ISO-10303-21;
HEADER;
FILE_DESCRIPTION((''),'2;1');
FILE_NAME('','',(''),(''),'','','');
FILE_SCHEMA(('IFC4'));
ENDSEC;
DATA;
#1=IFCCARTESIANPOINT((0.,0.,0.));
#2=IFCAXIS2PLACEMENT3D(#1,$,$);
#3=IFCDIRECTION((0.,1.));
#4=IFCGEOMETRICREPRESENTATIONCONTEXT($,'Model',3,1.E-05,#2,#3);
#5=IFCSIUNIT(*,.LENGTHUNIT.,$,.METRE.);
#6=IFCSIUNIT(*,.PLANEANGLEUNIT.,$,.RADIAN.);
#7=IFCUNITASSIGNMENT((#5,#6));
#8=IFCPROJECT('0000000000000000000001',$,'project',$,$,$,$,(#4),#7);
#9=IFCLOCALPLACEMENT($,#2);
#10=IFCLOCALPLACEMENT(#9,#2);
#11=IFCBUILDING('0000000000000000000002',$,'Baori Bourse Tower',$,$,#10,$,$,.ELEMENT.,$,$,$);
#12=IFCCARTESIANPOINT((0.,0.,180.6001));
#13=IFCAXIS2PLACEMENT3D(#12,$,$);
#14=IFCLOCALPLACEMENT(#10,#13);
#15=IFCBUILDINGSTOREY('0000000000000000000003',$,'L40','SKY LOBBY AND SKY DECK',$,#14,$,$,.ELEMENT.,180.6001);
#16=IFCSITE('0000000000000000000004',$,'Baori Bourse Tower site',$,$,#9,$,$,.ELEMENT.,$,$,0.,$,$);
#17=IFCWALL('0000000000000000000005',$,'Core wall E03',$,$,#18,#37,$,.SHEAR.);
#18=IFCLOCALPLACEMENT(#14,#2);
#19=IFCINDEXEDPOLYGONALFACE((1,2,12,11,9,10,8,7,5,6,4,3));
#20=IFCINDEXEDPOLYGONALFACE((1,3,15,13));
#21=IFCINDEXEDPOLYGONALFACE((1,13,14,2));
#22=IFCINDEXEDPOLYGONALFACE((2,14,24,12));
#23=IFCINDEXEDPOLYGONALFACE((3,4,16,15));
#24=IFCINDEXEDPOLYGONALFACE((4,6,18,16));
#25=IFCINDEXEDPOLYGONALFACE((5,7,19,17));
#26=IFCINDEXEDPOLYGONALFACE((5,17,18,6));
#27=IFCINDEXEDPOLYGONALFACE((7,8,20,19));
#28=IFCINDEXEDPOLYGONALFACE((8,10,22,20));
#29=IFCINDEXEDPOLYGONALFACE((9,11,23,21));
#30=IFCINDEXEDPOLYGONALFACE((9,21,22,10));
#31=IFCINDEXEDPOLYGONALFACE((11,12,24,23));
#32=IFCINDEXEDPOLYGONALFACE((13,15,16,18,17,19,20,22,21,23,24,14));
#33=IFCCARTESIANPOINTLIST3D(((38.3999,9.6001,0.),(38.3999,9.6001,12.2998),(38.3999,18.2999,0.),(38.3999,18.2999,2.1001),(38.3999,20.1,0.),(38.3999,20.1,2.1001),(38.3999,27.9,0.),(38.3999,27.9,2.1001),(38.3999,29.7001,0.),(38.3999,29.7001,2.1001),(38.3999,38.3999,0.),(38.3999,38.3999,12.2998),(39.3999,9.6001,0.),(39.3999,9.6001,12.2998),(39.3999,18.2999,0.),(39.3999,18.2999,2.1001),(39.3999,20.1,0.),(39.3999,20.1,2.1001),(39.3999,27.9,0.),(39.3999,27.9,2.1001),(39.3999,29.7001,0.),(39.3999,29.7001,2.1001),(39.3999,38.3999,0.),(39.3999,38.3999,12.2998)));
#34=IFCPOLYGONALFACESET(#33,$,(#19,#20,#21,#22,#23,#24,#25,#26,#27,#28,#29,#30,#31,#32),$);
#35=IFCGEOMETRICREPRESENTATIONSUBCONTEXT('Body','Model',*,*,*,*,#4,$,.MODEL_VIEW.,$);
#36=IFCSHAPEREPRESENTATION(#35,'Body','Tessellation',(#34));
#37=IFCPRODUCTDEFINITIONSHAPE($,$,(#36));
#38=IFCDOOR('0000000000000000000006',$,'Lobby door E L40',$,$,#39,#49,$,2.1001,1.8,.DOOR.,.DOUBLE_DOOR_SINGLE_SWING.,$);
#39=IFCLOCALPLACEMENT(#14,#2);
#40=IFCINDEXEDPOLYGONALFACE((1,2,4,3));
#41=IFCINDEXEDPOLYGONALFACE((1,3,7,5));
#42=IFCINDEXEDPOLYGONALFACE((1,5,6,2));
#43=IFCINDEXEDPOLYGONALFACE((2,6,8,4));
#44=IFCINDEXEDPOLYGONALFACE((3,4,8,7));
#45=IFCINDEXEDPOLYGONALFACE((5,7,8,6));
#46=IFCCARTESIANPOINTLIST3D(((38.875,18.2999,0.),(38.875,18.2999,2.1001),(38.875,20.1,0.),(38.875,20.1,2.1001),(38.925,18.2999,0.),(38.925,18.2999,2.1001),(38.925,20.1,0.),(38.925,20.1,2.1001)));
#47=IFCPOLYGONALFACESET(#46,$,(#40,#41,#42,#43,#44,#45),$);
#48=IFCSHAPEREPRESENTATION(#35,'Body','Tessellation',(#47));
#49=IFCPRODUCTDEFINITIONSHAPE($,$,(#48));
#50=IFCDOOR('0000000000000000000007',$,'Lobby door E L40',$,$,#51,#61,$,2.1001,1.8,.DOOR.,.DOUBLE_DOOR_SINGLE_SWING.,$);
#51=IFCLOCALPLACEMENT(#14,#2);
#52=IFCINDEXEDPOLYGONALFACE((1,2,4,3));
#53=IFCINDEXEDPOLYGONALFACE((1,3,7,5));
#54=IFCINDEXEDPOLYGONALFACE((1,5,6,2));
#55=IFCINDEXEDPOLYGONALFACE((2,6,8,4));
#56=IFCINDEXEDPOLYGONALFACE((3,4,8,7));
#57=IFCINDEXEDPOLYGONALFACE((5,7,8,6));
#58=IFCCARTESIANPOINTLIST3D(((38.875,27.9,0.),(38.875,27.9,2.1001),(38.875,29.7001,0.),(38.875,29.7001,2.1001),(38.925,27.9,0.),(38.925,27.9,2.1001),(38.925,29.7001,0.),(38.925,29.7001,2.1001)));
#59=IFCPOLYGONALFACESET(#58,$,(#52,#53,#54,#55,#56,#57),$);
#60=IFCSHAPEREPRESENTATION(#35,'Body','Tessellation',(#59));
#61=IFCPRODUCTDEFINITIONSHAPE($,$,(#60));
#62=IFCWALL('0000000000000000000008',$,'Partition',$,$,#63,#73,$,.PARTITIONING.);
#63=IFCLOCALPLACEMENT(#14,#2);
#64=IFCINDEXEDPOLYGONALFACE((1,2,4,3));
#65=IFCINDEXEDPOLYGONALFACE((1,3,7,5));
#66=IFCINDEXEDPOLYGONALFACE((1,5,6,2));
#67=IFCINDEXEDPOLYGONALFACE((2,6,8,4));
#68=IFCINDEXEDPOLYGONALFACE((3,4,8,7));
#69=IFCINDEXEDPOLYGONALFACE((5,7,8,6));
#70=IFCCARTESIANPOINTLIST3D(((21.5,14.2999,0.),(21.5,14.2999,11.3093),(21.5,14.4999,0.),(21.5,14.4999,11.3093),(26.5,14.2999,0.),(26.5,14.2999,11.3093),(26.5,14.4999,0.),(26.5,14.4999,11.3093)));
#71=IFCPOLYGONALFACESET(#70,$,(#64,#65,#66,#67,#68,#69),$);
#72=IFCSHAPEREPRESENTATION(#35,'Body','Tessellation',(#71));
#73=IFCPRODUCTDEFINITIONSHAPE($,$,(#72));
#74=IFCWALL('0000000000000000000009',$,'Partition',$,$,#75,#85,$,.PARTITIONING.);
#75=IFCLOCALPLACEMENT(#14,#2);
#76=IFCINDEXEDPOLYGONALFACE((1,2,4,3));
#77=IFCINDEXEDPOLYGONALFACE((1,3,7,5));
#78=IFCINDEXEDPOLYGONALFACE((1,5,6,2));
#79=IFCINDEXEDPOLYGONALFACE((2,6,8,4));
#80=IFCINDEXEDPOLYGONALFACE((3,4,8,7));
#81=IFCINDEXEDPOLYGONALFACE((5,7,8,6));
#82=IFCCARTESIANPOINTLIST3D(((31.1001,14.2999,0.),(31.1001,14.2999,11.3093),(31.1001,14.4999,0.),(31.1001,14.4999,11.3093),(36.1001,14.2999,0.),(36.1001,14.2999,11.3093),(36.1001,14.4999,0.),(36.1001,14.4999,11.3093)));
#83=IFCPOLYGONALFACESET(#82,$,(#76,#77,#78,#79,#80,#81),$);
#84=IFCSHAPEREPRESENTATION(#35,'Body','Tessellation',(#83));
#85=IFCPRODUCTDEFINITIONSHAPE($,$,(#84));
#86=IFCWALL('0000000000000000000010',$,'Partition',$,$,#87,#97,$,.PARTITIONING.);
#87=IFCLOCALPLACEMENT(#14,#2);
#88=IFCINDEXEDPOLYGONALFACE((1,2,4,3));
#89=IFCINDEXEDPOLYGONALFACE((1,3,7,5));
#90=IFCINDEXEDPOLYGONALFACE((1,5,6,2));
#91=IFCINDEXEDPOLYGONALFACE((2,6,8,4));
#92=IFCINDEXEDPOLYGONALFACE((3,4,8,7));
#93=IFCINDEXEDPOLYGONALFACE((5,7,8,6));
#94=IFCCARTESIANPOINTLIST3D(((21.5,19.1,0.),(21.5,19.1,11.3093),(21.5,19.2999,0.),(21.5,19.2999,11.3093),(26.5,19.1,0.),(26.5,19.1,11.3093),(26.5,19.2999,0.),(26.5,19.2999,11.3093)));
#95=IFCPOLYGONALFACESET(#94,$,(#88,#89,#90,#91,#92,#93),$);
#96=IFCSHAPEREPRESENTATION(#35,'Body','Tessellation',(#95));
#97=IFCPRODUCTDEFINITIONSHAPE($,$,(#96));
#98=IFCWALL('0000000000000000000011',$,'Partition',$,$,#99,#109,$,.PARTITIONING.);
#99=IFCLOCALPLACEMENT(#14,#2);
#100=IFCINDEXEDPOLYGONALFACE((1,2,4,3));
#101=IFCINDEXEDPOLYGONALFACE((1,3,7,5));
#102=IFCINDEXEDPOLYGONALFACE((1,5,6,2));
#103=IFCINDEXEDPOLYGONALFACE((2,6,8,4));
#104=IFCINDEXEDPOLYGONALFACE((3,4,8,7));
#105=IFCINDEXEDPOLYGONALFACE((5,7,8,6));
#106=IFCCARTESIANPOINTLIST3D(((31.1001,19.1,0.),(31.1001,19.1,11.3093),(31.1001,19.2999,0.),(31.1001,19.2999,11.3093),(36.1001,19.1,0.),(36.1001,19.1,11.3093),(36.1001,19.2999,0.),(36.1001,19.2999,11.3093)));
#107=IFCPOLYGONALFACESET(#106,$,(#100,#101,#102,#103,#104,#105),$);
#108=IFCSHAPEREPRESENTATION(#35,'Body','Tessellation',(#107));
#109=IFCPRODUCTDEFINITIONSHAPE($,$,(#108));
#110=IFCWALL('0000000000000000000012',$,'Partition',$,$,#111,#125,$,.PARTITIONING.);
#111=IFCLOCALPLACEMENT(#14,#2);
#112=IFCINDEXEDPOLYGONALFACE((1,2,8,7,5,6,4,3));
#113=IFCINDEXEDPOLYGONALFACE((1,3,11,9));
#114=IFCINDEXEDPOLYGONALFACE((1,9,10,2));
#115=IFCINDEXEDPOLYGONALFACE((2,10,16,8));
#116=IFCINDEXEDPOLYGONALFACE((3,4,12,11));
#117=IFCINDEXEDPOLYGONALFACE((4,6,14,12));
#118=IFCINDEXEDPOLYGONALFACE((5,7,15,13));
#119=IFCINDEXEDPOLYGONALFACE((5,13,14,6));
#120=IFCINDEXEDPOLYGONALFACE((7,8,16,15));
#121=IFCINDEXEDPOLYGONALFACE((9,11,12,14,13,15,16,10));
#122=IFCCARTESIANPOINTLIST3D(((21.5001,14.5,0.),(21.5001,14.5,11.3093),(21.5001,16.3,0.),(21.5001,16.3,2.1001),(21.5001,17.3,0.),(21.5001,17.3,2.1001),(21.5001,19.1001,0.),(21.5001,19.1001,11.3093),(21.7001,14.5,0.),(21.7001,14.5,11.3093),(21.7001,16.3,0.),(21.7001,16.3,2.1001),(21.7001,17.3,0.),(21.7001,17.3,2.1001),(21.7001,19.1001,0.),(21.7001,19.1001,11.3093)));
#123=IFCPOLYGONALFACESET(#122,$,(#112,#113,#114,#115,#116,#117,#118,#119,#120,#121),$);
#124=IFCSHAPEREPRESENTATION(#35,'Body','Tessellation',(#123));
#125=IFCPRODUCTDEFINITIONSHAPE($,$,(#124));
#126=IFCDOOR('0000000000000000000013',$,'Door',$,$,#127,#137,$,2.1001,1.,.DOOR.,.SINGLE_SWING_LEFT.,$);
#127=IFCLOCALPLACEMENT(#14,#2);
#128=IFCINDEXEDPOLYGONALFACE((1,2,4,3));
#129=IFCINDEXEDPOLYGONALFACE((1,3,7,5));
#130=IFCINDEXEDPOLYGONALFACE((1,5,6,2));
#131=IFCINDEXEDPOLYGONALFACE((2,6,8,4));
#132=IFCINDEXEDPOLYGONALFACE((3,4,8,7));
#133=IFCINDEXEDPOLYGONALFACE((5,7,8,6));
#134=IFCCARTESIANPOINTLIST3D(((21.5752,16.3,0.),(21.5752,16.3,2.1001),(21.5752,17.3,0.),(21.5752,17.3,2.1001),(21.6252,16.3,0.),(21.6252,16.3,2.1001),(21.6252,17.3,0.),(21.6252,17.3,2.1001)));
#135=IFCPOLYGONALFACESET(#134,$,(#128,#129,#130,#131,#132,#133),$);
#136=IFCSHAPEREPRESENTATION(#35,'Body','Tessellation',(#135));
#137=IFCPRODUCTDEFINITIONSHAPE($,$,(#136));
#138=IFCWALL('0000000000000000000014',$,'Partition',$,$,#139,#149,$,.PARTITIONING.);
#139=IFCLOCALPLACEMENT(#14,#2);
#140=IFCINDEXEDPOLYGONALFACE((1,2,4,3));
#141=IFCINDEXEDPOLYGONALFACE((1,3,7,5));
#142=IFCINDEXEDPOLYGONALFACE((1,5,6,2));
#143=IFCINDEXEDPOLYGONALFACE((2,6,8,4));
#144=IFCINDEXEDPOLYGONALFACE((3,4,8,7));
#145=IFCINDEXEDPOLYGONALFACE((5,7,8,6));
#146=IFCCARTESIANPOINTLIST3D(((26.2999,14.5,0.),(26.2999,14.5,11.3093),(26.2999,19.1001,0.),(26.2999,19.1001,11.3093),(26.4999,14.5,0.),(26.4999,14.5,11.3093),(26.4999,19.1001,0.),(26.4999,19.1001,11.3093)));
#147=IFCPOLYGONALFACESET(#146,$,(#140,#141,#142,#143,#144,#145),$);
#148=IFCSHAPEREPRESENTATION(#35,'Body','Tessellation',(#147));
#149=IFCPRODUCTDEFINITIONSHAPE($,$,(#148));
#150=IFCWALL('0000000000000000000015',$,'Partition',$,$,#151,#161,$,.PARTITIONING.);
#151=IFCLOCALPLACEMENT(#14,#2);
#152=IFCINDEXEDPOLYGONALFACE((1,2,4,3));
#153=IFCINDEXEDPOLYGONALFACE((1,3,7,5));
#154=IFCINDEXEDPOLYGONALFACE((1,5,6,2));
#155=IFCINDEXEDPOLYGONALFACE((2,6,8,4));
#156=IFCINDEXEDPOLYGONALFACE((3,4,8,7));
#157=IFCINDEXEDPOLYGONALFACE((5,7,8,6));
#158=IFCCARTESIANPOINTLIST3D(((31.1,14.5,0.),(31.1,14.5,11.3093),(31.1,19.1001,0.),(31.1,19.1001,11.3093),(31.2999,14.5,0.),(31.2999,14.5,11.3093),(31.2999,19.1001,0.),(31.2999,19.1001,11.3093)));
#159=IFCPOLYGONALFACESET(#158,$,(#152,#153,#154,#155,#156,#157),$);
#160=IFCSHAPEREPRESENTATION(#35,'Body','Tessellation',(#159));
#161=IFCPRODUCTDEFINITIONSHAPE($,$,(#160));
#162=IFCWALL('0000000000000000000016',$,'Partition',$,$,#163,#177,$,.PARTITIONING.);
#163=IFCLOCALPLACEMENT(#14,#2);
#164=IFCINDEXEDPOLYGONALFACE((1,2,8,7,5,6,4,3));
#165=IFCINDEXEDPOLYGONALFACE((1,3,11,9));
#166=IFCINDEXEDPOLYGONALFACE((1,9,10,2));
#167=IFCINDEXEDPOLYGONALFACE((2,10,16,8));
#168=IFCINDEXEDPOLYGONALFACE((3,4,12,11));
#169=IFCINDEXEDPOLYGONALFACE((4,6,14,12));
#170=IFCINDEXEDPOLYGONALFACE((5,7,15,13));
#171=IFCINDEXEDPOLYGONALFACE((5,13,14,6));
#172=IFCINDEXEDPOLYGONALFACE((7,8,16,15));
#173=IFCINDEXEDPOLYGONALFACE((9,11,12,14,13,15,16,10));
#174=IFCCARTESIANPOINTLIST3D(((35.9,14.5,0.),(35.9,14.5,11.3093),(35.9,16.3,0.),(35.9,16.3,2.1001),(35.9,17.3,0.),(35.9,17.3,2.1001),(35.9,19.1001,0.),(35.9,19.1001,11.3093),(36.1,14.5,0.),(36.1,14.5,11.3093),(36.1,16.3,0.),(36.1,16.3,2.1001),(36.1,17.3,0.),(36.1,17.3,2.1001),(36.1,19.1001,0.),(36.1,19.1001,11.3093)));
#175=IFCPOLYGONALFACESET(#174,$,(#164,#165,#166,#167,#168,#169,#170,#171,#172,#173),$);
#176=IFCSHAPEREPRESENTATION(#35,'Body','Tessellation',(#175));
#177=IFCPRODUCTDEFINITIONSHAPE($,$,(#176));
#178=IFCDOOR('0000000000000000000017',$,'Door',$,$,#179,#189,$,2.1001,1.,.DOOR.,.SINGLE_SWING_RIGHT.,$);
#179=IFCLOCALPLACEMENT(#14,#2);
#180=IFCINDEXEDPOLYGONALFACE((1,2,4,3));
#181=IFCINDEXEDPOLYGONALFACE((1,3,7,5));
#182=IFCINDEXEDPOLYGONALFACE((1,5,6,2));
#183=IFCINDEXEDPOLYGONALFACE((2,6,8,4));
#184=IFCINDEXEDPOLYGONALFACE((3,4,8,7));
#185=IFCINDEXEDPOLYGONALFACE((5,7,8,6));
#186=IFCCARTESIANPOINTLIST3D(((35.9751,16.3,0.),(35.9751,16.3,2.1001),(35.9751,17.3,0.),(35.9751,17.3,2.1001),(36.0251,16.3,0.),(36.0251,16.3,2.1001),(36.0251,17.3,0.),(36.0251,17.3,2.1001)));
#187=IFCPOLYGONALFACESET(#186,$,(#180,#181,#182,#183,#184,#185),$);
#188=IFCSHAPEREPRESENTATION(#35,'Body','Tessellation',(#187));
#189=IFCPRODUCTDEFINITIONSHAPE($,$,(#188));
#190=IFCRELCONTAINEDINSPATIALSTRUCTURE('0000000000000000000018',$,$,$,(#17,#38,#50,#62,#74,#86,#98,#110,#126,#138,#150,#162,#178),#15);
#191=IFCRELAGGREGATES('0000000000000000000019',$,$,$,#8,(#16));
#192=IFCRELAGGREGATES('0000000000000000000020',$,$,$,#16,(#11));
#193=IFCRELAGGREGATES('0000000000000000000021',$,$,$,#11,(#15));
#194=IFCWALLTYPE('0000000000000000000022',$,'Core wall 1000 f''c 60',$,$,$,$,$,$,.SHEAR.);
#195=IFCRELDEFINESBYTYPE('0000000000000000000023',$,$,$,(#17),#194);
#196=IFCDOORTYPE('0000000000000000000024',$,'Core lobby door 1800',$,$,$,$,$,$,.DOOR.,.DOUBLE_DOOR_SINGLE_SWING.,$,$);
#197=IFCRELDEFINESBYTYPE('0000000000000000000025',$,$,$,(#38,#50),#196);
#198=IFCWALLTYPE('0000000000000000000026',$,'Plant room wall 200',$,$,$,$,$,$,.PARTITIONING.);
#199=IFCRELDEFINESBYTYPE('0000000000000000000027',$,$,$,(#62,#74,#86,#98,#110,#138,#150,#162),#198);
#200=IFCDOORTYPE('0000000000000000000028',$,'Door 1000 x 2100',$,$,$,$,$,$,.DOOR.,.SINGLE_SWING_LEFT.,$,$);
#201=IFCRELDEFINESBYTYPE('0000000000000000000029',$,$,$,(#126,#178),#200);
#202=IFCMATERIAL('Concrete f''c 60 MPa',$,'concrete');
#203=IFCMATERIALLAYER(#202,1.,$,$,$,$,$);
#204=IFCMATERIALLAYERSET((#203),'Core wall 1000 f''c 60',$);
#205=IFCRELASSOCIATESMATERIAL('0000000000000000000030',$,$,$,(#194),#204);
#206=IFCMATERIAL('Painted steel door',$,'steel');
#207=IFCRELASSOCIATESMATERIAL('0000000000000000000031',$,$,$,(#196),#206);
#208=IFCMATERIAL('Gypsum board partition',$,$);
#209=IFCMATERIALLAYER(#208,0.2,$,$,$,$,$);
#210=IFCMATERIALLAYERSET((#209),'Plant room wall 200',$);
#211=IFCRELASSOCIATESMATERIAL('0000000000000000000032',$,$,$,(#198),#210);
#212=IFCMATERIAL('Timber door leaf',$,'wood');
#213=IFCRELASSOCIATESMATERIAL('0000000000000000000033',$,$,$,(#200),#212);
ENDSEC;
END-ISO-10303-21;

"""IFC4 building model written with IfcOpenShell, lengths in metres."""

from ifc_helpers import new_model, si_unit, direction, frame, frame_2d, origin, place, context, subcontext, project, spatial, rectangle, extrude, material, layer, layer_set, type_object, element, fill, save


model = new_model("IFC4")

# Units and contexts
model_context = context("Model", 3, precision=1e-05, world=origin(), true_north=direction((0.0, 1.0)))
body_context = subcontext(model_context, "Body", "Model", "MODEL_VIEW")
ifc_project = project(units=[si_unit("LENGTHUNIT", "METRE"), si_unit("PLANEANGLEUNIT", "RADIAN")], contexts=[model_context])

# Site, building, storey
site_placement = place(None, origin())
site = spatial("IfcSite", under=ifc_project, at=site_placement, Name="Baori Bourse Tower site", CompositionType="ELEMENT", RefElevation=0.0)
building_placement = place(site_placement, origin())
building = spatial("IfcBuilding", under=site, at=building_placement, Name="Baori Bourse Tower", CompositionType="ELEMENT")
storey_placement = place(building_placement, frame((0.0, 0.0, 180.6001)))
storey = spatial("IfcBuildingStorey", under=building, at=storey_placement, Name="L40", Description="SKY LOBBY AND SKY DECK", CompositionType="ELEMENT", Elevation=180.6001)

# Shared definitions
ifc_material_1 = material(Name="Concrete f'c 60 MPa", Category="concrete")
ifc_layer_1 = layer(ifc_material_1, 1.0)
ifc_layer_set_1 = layer_set([ifc_layer_1], Name="Core wall 1000 f'c 60")
wall_type_1 = type_object("IfcWallType", Name="Core wall 1000 f'c 60", PredefinedType="SHEAR", material=ifc_layer_set_1)

# Wall, openings, doors
wall_1_placement = place(storey_placement, frame((38.8999, 9.6001, 0.0), z_axis=(0.0, 0.0, 1.0), x_axis=(0.0, 1.0, 0.0)))
wall_1 = element("IfcWall", 1, at=wall_1_placement, inside=storey, type_object=wall_type_1, Name="Core wall E03", PredefinedType="SHEAR", context=body_context, shape_type="SweptSolid", body=[
    extrude(rectangle(XDim=28.7998, YDim=1.0, at=frame_2d((14.3999, 0.0))), origin(), (0.0, 0.0, 1.0), 12.2998),
])
opening_1_placement = place(wall_1_placement, frame((8.7, 0.0, 0.0)))
opening_1 = element("IfcOpeningElement", 2, at=opening_1_placement, cuts=wall_1, PredefinedType="OPENING", context=body_context, shape_type="SweptSolid", body=[
    extrude(rectangle(XDim=1.8, YDim=2.1001, at=frame_2d((0.8999, 1.05))), frame((0.0, 0.51, 0.0), z_axis=(0.0, -1.0, 0.0), x_axis=(1.0, 0.0, 0.0)), (0.0, 0.0, 1.0), 1.02),
])
opening_2_placement = place(wall_1_placement, frame((18.3, 0.0, 0.0)))
opening_2 = element("IfcOpeningElement", 3, at=opening_2_placement, cuts=wall_1, PredefinedType="OPENING", context=body_context, shape_type="SweptSolid", body=[
    extrude(rectangle(XDim=1.8, YDim=2.1001, at=frame_2d((0.8999, 1.05))), frame((0.0, 0.51, 0.0), z_axis=(0.0, -1.0, 0.0), x_axis=(1.0, 0.0, 0.0)), (0.0, 0.0, 1.0), 1.02),
])
ifc_material_2 = material(Name="Painted steel door", Category="steel")
door_type_1 = type_object("IfcDoorType", Name="Core lobby door 1800", OperationType="DOUBLE_DOOR_SINGLE_SWING", PredefinedType="DOOR", material=ifc_material_2)
door_1_placement = place(opening_1_placement, origin())
door_1 = element("IfcDoor", 4, at=door_1_placement, inside=storey, type_object=door_type_1, Name="Lobby door E L40", OperationType="DOUBLE_DOOR_SINGLE_SWING", OverallHeight=2.1001, OverallWidth=1.8, PredefinedType="DOOR", context=body_context, shape_type="SweptSolid", body=[
    extrude(rectangle(XDim=1.8, YDim=2.1001, at=frame_2d((0.8999, 1.05))), frame((0.0, 0.0249, 0.0), z_axis=(0.0, -1.0, 0.0), x_axis=(1.0, 0.0, 0.0)), (0.0, 0.0, 1.0), 0.05),
])
fill(opening_1, door_1)
door_2_placement = place(opening_2_placement, origin())
door_2 = element("IfcDoor", 5, at=door_2_placement, inside=storey, type_object=door_type_1, Name="Lobby door E L40", OperationType="DOUBLE_DOOR_SINGLE_SWING", OverallHeight=2.1001, OverallWidth=1.8, PredefinedType="DOOR", context=body_context, shape_type="SweptSolid", body=[
    extrude(rectangle(XDim=1.8, YDim=2.1001, at=frame_2d((0.8999, 1.05))), frame((0.0, 0.0249, 0.0), z_axis=(0.0, -1.0, 0.0), x_axis=(1.0, 0.0, 0.0)), (0.0, 0.0, 1.0), 0.05),
])
fill(opening_2, door_2)

# Walls
ifc_material_3 = material(Name="Gypsum board partition")
ifc_layer_2 = layer(ifc_material_3, 0.2)
ifc_layer_set_2 = layer_set([ifc_layer_2], Name="Plant room wall 200")
wall_type_2 = type_object("IfcWallType", Name="Plant room wall 200", PredefinedType="PARTITIONING", material=ifc_layer_set_2)
for number, where, z_axis, x_axis, name in (
    (6, (21.5, 14.3999, 0.0), (0.0, 0.0, 1.0), (1.0, 0.0, 0.0), "Partition"),
    (7, (31.1001, 14.3999, 0.0), (0.0, 0.0, 1.0), (1.0, 0.0, 0.0), "Partition"),
    (8, (21.5, 19.2, 0.0), (0.0, 0.0, 1.0), (1.0, 0.0, 0.0), "Partition"),
    (9, (31.1001, 19.2, 0.0), (0.0, 0.0, 1.0), (1.0, 0.0, 0.0), "Partition"),
):
    element("IfcWall", number, at=place(storey_placement, frame(where, z_axis=z_axis, x_axis=x_axis)), inside=storey, type_object=wall_type_2, Name=name, PredefinedType="PARTITIONING", context=body_context, shape_type="SweptSolid", body=[
        extrude(rectangle(XDim=5.0, YDim=0.2, at=frame_2d((2.5, 0.0))), origin(), (0.0, 0.0, 1.0), 11.3093),
    ])

# Wall, opening, door
wall_2_placement = place(storey_placement, frame((21.6001, 14.5, 0.0), z_axis=(0.0, 0.0, 1.0), x_axis=(0.0, 1.0, 0.0)))
wall_2 = element("IfcWall", 10, at=wall_2_placement, inside=storey, type_object=wall_type_2, Name="Partition", PredefinedType="PARTITIONING", context=body_context, shape_type="SweptSolid", body=[
    extrude(rectangle(XDim=4.6001, YDim=0.2, at=frame_2d((2.3, 0.0))), origin(), (0.0, 0.0, 1.0), 11.3093),
])
opening_3_placement = place(wall_2_placement, frame((1.8, 0.0, 0.0)))
opening_3 = element("IfcOpeningElement", 11, at=opening_3_placement, cuts=wall_2, PredefinedType="OPENING", context=body_context, shape_type="SweptSolid", body=[
    extrude(rectangle(XDim=1.0, YDim=2.1001, at=frame_2d((0.5, 1.05))), frame((0.0, 0.1099, 0.0), z_axis=(0.0, -1.0, 0.0), x_axis=(1.0, 0.0, 0.0)), (0.0, 0.0, 1.0), 0.22),
])
ifc_material_4 = material(Name="Timber door leaf", Category="wood")
door_type_2 = type_object("IfcDoorType", Name="Door 1000 x 2100", OperationType="SINGLE_SWING_LEFT", PredefinedType="DOOR", material=ifc_material_4)
door_3_placement = place(opening_3_placement, origin())
door_3 = element("IfcDoor", 12, at=door_3_placement, inside=storey, type_object=door_type_2, Name="Door", OperationType="SINGLE_SWING_LEFT", OverallHeight=2.1001, OverallWidth=1.0, PredefinedType="DOOR", context=body_context, shape_type="SweptSolid", body=[
    extrude(rectangle(XDim=1.0, YDim=2.1001, at=frame_2d((0.5, 1.05))), frame((0.0, 0.0249, 0.0), z_axis=(0.0, -1.0, 0.0), x_axis=(1.0, 0.0, 0.0)), (0.0, 0.0, 1.0), 0.05),
])
fill(opening_3, door_3)

# Walls
for number, where, z_axis, x_axis, name in (
    (13, (26.3999, 14.5, 0.0), (0.0, 0.0, 1.0), (0.0, 1.0, 0.0), "Partition"),
    (14, (31.2, 14.5, 0.0), (0.0, 0.0, 1.0), (0.0, 1.0, 0.0), "Partition"),
):
    element("IfcWall", number, at=place(storey_placement, frame(where, z_axis=z_axis, x_axis=x_axis)), inside=storey, type_object=wall_type_2, Name=name, PredefinedType="PARTITIONING", context=body_context, shape_type="SweptSolid", body=[
        extrude(rectangle(XDim=4.6001, YDim=0.2, at=frame_2d((2.3, 0.0))), origin(), (0.0, 0.0, 1.0), 11.3093),
    ])

# Wall, opening, door
wall_3_placement = place(storey_placement, frame((36.0, 14.5, 0.0), z_axis=(0.0, 0.0, 1.0), x_axis=(0.0, 1.0, 0.0)))
wall_3 = element("IfcWall", 15, at=wall_3_placement, inside=storey, type_object=wall_type_2, Name="Partition", PredefinedType="PARTITIONING", context=body_context, shape_type="SweptSolid", body=[
    extrude(rectangle(XDim=4.6001, YDim=0.2, at=frame_2d((2.3, 0.0))), origin(), (0.0, 0.0, 1.0), 11.3093),
])
opening_4_placement = place(wall_3_placement, frame((1.8, 0.0, 0.0)))
opening_4 = element("IfcOpeningElement", 16, at=opening_4_placement, cuts=wall_3, PredefinedType="OPENING", context=body_context, shape_type="SweptSolid", body=[
    extrude(rectangle(XDim=1.0, YDim=2.1001, at=frame_2d((0.5, 1.05))), frame((0.0, 0.1099, 0.0), z_axis=(0.0, -1.0, 0.0), x_axis=(1.0, 0.0, 0.0)), (0.0, 0.0, 1.0), 0.22),
])
door_4_placement = place(opening_4_placement, origin())
door_4 = element("IfcDoor", 17, at=door_4_placement, inside=storey, type_object=door_type_2, Name="Door", OperationType="SINGLE_SWING_RIGHT", OverallHeight=2.1001, OverallWidth=1.0, PredefinedType="DOOR", context=body_context, shape_type="SweptSolid", body=[
    extrude(rectangle(XDim=1.0, YDim=2.1001, at=frame_2d((0.5, 1.05))), frame((0.0, 0.0249, 0.0), z_axis=(0.0, -1.0, 0.0), x_axis=(1.0, 0.0, 0.0)), (0.0, 0.0, 1.0), 0.05),
])
fill(opening_4, door_4)

save(model, "model.ifc")
